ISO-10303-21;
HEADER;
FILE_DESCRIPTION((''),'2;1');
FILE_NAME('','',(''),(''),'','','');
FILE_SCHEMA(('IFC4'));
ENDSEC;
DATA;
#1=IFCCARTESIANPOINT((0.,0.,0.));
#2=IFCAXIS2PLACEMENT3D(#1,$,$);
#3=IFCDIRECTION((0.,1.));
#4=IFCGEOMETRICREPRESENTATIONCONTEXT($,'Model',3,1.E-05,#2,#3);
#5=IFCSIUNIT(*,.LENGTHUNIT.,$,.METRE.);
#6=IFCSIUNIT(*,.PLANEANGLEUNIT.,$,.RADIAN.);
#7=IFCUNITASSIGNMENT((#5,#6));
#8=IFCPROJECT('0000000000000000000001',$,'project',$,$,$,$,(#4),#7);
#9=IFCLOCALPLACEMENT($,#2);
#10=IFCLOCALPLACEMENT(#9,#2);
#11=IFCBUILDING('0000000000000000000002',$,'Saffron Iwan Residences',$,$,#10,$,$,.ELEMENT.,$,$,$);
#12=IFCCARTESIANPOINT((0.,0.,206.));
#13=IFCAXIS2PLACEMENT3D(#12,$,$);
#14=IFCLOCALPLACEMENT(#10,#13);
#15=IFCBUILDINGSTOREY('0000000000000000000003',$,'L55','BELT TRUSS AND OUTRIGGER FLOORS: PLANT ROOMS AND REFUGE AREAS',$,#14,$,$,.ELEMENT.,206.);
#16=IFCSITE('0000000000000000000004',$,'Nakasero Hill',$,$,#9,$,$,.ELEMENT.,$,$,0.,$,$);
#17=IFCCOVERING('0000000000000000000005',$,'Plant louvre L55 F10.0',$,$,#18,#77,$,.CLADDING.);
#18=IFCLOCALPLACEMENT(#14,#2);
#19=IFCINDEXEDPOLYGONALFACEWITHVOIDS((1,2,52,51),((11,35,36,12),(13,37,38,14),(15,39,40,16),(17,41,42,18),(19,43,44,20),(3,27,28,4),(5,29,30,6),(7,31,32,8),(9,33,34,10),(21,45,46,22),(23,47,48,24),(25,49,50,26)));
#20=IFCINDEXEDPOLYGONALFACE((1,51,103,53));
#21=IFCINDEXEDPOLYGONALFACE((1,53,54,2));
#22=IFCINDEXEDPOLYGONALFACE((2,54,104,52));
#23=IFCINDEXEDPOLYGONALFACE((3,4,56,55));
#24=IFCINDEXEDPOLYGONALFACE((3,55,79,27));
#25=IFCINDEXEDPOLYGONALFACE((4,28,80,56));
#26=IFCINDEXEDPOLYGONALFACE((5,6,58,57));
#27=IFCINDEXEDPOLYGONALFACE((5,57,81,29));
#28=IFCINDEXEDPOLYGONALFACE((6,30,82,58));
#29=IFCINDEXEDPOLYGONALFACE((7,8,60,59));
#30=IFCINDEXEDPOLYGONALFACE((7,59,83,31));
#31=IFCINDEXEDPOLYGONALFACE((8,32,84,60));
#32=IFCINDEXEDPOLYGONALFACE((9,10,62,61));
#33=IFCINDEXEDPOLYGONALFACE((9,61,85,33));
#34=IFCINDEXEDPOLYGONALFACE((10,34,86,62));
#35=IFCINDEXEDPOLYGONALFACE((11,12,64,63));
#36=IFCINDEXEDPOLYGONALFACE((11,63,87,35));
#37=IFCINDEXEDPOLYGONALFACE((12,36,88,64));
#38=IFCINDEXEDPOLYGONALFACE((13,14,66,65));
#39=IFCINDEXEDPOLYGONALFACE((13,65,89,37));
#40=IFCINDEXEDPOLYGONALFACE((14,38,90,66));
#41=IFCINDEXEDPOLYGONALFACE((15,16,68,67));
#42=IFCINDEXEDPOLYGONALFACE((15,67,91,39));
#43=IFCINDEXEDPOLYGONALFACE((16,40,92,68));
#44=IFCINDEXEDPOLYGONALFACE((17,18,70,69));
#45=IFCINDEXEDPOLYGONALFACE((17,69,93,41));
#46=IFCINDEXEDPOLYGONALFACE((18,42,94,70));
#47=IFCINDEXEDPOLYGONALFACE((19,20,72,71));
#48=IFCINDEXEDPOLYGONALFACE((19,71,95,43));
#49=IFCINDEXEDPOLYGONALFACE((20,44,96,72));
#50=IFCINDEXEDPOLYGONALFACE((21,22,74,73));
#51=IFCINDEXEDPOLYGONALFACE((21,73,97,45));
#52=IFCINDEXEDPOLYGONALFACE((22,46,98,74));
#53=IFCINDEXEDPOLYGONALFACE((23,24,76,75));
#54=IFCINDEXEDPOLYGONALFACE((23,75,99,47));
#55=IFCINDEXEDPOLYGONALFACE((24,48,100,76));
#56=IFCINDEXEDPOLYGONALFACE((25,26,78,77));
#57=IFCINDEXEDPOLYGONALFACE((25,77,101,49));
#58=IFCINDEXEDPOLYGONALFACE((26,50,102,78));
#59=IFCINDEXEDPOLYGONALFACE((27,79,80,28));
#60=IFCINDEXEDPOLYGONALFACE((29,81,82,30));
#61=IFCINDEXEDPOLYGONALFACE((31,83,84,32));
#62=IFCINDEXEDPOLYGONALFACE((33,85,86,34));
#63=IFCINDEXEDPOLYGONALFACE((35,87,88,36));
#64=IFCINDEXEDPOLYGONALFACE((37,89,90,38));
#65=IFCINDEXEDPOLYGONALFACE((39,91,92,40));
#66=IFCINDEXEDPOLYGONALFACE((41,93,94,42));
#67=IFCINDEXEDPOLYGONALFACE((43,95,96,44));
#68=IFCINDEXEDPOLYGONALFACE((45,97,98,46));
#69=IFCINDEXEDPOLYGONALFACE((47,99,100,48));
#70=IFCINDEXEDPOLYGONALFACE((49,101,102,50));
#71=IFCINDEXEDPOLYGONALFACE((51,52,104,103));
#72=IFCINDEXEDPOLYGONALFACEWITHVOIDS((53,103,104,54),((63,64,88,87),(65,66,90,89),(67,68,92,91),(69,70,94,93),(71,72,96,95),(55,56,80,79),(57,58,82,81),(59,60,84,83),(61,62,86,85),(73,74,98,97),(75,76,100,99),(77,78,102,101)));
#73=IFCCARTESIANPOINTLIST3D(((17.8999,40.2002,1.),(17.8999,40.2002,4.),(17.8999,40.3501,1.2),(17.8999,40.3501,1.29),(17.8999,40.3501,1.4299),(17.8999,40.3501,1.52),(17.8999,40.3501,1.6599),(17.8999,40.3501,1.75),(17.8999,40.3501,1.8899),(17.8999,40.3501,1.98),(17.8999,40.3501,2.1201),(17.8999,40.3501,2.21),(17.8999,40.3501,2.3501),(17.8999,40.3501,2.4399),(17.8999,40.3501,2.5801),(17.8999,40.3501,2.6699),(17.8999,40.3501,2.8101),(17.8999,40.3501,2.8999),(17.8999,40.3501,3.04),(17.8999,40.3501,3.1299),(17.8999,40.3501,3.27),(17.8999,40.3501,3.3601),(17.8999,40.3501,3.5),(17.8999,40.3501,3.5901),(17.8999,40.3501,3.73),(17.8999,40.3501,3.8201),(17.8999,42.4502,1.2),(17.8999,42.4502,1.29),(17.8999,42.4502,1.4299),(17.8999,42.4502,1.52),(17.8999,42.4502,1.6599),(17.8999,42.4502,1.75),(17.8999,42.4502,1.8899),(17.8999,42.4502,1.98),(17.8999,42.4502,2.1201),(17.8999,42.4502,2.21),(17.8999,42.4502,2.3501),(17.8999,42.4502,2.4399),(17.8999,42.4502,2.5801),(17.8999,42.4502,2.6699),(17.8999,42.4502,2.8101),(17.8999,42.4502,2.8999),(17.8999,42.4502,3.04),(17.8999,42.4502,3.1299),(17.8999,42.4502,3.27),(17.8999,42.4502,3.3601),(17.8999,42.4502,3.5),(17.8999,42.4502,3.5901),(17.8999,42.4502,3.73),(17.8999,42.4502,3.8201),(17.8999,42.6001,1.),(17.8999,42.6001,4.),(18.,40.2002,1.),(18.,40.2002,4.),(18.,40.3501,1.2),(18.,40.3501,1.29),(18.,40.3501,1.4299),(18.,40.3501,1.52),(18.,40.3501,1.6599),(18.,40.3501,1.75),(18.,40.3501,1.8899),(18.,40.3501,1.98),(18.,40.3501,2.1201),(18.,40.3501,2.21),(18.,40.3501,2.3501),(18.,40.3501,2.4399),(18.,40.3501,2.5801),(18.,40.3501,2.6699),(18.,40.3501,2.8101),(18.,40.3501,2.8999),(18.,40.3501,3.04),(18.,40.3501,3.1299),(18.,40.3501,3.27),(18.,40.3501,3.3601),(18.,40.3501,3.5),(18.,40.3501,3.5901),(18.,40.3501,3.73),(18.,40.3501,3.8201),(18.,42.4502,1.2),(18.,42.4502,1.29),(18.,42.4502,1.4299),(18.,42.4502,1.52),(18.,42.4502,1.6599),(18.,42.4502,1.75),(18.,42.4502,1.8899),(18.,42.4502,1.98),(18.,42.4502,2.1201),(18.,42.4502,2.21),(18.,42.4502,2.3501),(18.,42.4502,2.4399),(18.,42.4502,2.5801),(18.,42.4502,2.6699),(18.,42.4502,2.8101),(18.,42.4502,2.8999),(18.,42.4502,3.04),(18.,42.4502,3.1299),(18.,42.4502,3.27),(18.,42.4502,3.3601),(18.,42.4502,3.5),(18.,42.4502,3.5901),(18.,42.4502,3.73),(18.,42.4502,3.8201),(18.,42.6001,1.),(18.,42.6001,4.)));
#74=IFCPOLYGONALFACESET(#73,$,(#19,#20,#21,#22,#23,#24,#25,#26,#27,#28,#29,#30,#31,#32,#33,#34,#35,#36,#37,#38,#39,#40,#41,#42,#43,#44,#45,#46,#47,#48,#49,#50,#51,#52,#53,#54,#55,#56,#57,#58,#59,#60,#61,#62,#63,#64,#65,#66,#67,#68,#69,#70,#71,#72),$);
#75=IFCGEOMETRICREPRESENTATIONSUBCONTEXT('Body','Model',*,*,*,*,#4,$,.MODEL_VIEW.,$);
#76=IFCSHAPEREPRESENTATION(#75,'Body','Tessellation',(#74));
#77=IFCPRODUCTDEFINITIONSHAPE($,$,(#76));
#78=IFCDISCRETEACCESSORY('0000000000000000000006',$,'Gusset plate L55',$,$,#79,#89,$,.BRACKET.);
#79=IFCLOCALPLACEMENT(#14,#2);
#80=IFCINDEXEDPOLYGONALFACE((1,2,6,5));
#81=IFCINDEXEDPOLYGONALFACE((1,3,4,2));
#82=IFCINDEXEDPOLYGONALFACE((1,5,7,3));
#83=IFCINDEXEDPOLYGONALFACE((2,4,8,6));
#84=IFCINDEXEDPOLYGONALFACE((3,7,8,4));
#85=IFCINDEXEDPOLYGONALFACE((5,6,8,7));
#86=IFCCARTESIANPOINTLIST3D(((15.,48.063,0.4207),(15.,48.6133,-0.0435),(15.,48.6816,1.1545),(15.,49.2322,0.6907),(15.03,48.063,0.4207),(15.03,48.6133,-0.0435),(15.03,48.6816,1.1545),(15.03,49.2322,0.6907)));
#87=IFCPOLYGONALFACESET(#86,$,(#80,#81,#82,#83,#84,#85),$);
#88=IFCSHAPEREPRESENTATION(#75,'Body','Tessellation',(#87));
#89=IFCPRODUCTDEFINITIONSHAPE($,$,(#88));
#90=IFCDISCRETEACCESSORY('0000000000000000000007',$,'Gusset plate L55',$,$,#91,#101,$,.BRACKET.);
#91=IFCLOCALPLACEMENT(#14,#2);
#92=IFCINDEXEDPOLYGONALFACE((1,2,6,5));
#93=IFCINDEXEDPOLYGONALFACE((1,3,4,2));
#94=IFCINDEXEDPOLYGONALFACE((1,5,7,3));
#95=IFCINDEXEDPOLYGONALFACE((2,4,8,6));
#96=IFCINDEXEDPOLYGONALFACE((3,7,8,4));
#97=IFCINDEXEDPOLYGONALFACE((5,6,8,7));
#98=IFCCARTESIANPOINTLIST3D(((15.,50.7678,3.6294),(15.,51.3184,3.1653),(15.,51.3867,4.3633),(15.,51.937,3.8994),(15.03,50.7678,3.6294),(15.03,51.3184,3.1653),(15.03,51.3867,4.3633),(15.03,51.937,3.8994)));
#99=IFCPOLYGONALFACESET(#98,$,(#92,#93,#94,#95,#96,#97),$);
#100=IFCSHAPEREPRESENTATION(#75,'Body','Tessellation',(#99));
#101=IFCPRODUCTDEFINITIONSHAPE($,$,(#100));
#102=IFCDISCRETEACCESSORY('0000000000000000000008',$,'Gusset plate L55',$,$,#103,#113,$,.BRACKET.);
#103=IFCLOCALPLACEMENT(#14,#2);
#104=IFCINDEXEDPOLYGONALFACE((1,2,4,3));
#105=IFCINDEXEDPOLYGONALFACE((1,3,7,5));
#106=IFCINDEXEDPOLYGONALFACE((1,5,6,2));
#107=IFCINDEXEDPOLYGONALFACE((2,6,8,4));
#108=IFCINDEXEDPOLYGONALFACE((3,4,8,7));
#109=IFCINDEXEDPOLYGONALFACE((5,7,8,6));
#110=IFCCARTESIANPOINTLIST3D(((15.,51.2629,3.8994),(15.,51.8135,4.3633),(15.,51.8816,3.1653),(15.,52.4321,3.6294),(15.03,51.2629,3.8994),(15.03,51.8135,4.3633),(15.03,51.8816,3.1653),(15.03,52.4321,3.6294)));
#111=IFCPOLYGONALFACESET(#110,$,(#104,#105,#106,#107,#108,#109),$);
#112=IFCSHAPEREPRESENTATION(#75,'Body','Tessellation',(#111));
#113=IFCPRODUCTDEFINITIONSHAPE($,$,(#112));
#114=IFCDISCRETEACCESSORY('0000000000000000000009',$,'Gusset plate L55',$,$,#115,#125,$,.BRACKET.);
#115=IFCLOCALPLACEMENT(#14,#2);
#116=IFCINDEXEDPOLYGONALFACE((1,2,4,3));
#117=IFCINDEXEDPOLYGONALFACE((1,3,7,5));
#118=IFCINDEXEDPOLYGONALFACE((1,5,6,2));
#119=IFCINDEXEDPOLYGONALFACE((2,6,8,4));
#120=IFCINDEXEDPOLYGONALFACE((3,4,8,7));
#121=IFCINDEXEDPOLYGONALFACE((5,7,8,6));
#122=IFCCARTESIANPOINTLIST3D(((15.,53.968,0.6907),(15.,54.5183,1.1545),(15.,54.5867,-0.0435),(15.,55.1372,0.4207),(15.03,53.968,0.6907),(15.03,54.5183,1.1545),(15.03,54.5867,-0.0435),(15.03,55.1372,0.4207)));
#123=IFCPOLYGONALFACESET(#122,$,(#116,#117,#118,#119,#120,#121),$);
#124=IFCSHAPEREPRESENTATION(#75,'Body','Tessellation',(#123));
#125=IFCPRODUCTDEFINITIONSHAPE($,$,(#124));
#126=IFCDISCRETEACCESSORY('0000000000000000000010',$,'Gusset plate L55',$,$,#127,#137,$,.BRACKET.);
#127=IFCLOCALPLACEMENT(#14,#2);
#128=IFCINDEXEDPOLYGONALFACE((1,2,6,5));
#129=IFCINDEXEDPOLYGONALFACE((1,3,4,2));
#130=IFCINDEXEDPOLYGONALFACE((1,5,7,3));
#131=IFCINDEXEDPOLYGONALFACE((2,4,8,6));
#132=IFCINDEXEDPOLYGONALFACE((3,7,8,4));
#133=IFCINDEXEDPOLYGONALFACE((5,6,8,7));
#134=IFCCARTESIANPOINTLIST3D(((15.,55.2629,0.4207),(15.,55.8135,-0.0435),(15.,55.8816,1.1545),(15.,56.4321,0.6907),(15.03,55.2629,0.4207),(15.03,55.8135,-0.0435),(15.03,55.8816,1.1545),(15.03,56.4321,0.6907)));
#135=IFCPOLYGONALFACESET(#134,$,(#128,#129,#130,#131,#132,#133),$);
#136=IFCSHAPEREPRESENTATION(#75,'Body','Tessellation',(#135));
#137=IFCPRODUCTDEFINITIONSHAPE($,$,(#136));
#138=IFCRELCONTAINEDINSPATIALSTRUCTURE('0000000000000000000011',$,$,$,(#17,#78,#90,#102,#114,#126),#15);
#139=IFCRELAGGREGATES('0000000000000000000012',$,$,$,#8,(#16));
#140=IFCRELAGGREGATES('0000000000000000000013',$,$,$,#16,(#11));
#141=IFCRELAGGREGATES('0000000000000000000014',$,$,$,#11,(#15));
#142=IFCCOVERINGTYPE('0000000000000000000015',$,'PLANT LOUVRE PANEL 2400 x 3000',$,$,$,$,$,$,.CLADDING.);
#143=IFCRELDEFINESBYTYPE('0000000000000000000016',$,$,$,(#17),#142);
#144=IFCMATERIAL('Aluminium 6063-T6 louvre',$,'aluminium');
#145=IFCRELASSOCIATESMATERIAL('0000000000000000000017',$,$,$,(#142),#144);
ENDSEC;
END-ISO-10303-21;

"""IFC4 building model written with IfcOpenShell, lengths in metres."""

from ifc_helpers import new_model, si_unit, direction, frame, origin, place, context, subcontext, project, spatial, polyline, outline, extrude, material, type_object, element, save


model = new_model("IFC4")

# Units and contexts
model_context = context("Model", 3, precision=1e-05, world=origin(), true_north=direction((0.0, 1.0)))
body_context = subcontext(model_context, "Body", "Model", "MODEL_VIEW")
ifc_project = project(units=[si_unit("LENGTHUNIT", "METRE"), si_unit("PLANEANGLEUNIT", "RADIAN")], contexts=[model_context])

# Site, building, storey
site_placement = place(None, origin())
site = spatial("IfcSite", under=ifc_project, at=site_placement, Name="Nakasero Hill", CompositionType="ELEMENT", RefElevation=0.0)
building_placement = place(site_placement, origin())
building = spatial("IfcBuilding", under=site, at=building_placement, Name="Saffron Iwan Residences", CompositionType="ELEMENT")
storey_placement = place(building_placement, frame((0.0, 0.0, 206.0)))
storey = spatial("IfcBuildingStorey", under=building, at=storey_placement, Name="L55", Description="BELT TRUSS AND OUTRIGGER FLOORS: PLANT ROOMS AND REFUGE AREAS", CompositionType="ELEMENT", Elevation=206.0)

# Covering
ifc_material_1 = material(Name="Aluminium 6063-T6 louvre", Category="aluminium")
covering_type_1 = type_object("IfcCoveringType", Name="PLANT LOUVRE PANEL 2400 x 3000", PredefinedType="CLADDING", material=ifc_material_1)
covering_1_placement = place(storey_placement, frame((18.0, 42.6001, 1.0), z_axis=(-1.0, 0.0, 0.0), x_axis=(0.0, -1.0, 0.0)))
element("IfcCovering", 1, at=covering_1_placement, inside=storey, type_object=covering_type_1, Name="Plant louvre L55 F10.0", PredefinedType="CLADDING", context=body_context, shape_type="SweptSolid", body=[
    extrude(outline(polyline([(0.0, 0.0), (2.3999, 0.0), (2.3999, 3.0), (0.0, 3.0), (0.0, 0.0)]), holes=[polyline([(0.1499, 0.2), (2.25, 0.2), (2.25, 0.29), (0.1499, 0.29), (0.1499, 0.2)]), polyline([(0.1499, 0.4299), (2.25, 0.4299), (2.25, 0.52), (0.1499, 0.52), (0.1499, 0.4299)]), polyline([(0.1499, 0.6599), (2.25, 0.6599), (2.25, 0.75), (0.1499, 0.75), (0.1499, 0.6599)]), polyline([(0.1499, 0.8899), (2.25, 0.8899), (2.25, 0.98), (0.1499, 0.98), (0.1499, 0.8899)]), polyline([(0.1499, 1.1201), (2.25, 1.1201), (2.25, 1.21), (0.1499, 1.21), (0.1499, 1.1201)]), polyline([(0.1499, 1.3501), (2.25, 1.3501), (2.25, 1.4399), (0.1499, 1.4399), (0.1499, 1.3501)]), polyline([(0.1499, 1.5801), (2.25, 1.5801), (2.25, 1.6699), (0.1499, 1.6699), (0.1499, 1.5801)]), polyline([(0.1499, 1.8101), (2.25, 1.8101), (2.25, 1.8999), (0.1499, 1.8999), (0.1499, 1.8101)]), polyline([(0.1499, 2.04), (2.25, 2.04), (2.25, 2.1299), (0.1499, 2.1299), (0.1499, 2.04)]), polyline([(0.1499, 2.27), (2.25, 2.27), (2.25, 2.3601), (0.1499, 2.3601), (0.1499, 2.27)]), polyline([(0.1499, 2.5), (2.25, 2.5), (2.25, 2.5901), (0.1499, 2.5901), (0.1499, 2.5)]), polyline([(0.1499, 2.73), (2.25, 2.73), (2.25, 2.8201), (0.1499, 2.8201), (0.1499, 2.73)])]), origin(), (0.0, 0.0, 1.0), 0.1001),
])

# Discrete accessories
discrete_accessory_1_placement = place(storey_placement, frame((15.0, 48.063, 0.4207), z_axis=(-1.0, 0.0, 0.0), x_axis=(0.0, 0.644527, 0.764581)))
element("IfcDiscreteAccessory", 2, at=discrete_accessory_1_placement, inside=storey, Name="Gusset plate L55", PredefinedType="BRACKET", context=body_context, shape_type="SweptSolid", body=[
    extrude(outline(polyline([(0.0, 0.0), (0.9599, 0.0), (0.96, 0.7199), (-0.0002, 0.7199), (0.0, 0.0)])), origin(), (0.0, 0.0, -1.0), 0.03),
])
discrete_accessory_2_placement = place(storey_placement, frame((15.0, 51.937, 3.8994), z_axis=(-1.0, 0.0, 0.0), x_axis=(0.0, -0.644402, -0.764687)))
element("IfcDiscreteAccessory", 3, at=discrete_accessory_2_placement, inside=storey, Name="Gusset plate L55", PredefinedType="BRACKET", context=body_context, shape_type="SweptSolid", body=[
    extrude(outline(polyline([(0.0, 0.0), (0.96, 0.0), (0.9599, 0.7201), (-0.0001, 0.7197), (0.0, 0.0)])), origin(), (0.0, 0.0, -1.0), 0.03),
])
discrete_accessory_3_placement = place(storey_placement, frame((15.0, 51.8135, 4.3633), z_axis=(-1.0, 0.0, 0.0), x_axis=(0.0, 0.644527, -0.764581)))
element("IfcDiscreteAccessory", 4, at=discrete_accessory_3_placement, inside=storey, Name="Gusset plate L55", PredefinedType="BRACKET", context=body_context, shape_type="SweptSolid", body=[
    extrude(outline(polyline([(0.0, 0.0), (0.9599, 0.0), (0.9599, 0.7201), (-0.0002, 0.7199), (0.0, 0.0)])), origin(), (0.0, 0.0, -1.0), 0.03),
])
discrete_accessory_4_placement = place(storey_placement, frame((15.0, 54.5867, -0.0435), z_axis=(-1.0, 0.0, 0.0), x_axis=(0.0, -0.644402, 0.764687)))
element("IfcDiscreteAccessory", 5, at=discrete_accessory_4_placement, inside=storey, Name="Gusset plate L55", PredefinedType="BRACKET", context=body_context, shape_type="SweptSolid", body=[
    extrude(outline(polyline([(0.0, 0.0), (0.96, 0.0), (0.9601, 0.7197), (0.0001, 0.7201), (0.0, 0.0)])), origin(), (0.0, 0.0, -1.0), 0.03),
])
discrete_accessory_5_placement = place(storey_placement, frame((15.0, 55.2629, 0.4207), z_axis=(-1.0, 0.0, 0.0), x_axis=(0.0, 0.644527, 0.764581)))
element("IfcDiscreteAccessory", 6, at=discrete_accessory_5_placement, inside=storey, Name="Gusset plate L55", PredefinedType="BRACKET", context=body_context, shape_type="SweptSolid", body=[
    extrude(outline(polyline([(0.0, 0.0), (0.9599, 0.0), (0.96, 0.7199), (0.0, 0.7201), (0.0, 0.0)])), origin(), (0.0, 0.0, -1.0), 0.03),
])

save(model, "model.ifc")
